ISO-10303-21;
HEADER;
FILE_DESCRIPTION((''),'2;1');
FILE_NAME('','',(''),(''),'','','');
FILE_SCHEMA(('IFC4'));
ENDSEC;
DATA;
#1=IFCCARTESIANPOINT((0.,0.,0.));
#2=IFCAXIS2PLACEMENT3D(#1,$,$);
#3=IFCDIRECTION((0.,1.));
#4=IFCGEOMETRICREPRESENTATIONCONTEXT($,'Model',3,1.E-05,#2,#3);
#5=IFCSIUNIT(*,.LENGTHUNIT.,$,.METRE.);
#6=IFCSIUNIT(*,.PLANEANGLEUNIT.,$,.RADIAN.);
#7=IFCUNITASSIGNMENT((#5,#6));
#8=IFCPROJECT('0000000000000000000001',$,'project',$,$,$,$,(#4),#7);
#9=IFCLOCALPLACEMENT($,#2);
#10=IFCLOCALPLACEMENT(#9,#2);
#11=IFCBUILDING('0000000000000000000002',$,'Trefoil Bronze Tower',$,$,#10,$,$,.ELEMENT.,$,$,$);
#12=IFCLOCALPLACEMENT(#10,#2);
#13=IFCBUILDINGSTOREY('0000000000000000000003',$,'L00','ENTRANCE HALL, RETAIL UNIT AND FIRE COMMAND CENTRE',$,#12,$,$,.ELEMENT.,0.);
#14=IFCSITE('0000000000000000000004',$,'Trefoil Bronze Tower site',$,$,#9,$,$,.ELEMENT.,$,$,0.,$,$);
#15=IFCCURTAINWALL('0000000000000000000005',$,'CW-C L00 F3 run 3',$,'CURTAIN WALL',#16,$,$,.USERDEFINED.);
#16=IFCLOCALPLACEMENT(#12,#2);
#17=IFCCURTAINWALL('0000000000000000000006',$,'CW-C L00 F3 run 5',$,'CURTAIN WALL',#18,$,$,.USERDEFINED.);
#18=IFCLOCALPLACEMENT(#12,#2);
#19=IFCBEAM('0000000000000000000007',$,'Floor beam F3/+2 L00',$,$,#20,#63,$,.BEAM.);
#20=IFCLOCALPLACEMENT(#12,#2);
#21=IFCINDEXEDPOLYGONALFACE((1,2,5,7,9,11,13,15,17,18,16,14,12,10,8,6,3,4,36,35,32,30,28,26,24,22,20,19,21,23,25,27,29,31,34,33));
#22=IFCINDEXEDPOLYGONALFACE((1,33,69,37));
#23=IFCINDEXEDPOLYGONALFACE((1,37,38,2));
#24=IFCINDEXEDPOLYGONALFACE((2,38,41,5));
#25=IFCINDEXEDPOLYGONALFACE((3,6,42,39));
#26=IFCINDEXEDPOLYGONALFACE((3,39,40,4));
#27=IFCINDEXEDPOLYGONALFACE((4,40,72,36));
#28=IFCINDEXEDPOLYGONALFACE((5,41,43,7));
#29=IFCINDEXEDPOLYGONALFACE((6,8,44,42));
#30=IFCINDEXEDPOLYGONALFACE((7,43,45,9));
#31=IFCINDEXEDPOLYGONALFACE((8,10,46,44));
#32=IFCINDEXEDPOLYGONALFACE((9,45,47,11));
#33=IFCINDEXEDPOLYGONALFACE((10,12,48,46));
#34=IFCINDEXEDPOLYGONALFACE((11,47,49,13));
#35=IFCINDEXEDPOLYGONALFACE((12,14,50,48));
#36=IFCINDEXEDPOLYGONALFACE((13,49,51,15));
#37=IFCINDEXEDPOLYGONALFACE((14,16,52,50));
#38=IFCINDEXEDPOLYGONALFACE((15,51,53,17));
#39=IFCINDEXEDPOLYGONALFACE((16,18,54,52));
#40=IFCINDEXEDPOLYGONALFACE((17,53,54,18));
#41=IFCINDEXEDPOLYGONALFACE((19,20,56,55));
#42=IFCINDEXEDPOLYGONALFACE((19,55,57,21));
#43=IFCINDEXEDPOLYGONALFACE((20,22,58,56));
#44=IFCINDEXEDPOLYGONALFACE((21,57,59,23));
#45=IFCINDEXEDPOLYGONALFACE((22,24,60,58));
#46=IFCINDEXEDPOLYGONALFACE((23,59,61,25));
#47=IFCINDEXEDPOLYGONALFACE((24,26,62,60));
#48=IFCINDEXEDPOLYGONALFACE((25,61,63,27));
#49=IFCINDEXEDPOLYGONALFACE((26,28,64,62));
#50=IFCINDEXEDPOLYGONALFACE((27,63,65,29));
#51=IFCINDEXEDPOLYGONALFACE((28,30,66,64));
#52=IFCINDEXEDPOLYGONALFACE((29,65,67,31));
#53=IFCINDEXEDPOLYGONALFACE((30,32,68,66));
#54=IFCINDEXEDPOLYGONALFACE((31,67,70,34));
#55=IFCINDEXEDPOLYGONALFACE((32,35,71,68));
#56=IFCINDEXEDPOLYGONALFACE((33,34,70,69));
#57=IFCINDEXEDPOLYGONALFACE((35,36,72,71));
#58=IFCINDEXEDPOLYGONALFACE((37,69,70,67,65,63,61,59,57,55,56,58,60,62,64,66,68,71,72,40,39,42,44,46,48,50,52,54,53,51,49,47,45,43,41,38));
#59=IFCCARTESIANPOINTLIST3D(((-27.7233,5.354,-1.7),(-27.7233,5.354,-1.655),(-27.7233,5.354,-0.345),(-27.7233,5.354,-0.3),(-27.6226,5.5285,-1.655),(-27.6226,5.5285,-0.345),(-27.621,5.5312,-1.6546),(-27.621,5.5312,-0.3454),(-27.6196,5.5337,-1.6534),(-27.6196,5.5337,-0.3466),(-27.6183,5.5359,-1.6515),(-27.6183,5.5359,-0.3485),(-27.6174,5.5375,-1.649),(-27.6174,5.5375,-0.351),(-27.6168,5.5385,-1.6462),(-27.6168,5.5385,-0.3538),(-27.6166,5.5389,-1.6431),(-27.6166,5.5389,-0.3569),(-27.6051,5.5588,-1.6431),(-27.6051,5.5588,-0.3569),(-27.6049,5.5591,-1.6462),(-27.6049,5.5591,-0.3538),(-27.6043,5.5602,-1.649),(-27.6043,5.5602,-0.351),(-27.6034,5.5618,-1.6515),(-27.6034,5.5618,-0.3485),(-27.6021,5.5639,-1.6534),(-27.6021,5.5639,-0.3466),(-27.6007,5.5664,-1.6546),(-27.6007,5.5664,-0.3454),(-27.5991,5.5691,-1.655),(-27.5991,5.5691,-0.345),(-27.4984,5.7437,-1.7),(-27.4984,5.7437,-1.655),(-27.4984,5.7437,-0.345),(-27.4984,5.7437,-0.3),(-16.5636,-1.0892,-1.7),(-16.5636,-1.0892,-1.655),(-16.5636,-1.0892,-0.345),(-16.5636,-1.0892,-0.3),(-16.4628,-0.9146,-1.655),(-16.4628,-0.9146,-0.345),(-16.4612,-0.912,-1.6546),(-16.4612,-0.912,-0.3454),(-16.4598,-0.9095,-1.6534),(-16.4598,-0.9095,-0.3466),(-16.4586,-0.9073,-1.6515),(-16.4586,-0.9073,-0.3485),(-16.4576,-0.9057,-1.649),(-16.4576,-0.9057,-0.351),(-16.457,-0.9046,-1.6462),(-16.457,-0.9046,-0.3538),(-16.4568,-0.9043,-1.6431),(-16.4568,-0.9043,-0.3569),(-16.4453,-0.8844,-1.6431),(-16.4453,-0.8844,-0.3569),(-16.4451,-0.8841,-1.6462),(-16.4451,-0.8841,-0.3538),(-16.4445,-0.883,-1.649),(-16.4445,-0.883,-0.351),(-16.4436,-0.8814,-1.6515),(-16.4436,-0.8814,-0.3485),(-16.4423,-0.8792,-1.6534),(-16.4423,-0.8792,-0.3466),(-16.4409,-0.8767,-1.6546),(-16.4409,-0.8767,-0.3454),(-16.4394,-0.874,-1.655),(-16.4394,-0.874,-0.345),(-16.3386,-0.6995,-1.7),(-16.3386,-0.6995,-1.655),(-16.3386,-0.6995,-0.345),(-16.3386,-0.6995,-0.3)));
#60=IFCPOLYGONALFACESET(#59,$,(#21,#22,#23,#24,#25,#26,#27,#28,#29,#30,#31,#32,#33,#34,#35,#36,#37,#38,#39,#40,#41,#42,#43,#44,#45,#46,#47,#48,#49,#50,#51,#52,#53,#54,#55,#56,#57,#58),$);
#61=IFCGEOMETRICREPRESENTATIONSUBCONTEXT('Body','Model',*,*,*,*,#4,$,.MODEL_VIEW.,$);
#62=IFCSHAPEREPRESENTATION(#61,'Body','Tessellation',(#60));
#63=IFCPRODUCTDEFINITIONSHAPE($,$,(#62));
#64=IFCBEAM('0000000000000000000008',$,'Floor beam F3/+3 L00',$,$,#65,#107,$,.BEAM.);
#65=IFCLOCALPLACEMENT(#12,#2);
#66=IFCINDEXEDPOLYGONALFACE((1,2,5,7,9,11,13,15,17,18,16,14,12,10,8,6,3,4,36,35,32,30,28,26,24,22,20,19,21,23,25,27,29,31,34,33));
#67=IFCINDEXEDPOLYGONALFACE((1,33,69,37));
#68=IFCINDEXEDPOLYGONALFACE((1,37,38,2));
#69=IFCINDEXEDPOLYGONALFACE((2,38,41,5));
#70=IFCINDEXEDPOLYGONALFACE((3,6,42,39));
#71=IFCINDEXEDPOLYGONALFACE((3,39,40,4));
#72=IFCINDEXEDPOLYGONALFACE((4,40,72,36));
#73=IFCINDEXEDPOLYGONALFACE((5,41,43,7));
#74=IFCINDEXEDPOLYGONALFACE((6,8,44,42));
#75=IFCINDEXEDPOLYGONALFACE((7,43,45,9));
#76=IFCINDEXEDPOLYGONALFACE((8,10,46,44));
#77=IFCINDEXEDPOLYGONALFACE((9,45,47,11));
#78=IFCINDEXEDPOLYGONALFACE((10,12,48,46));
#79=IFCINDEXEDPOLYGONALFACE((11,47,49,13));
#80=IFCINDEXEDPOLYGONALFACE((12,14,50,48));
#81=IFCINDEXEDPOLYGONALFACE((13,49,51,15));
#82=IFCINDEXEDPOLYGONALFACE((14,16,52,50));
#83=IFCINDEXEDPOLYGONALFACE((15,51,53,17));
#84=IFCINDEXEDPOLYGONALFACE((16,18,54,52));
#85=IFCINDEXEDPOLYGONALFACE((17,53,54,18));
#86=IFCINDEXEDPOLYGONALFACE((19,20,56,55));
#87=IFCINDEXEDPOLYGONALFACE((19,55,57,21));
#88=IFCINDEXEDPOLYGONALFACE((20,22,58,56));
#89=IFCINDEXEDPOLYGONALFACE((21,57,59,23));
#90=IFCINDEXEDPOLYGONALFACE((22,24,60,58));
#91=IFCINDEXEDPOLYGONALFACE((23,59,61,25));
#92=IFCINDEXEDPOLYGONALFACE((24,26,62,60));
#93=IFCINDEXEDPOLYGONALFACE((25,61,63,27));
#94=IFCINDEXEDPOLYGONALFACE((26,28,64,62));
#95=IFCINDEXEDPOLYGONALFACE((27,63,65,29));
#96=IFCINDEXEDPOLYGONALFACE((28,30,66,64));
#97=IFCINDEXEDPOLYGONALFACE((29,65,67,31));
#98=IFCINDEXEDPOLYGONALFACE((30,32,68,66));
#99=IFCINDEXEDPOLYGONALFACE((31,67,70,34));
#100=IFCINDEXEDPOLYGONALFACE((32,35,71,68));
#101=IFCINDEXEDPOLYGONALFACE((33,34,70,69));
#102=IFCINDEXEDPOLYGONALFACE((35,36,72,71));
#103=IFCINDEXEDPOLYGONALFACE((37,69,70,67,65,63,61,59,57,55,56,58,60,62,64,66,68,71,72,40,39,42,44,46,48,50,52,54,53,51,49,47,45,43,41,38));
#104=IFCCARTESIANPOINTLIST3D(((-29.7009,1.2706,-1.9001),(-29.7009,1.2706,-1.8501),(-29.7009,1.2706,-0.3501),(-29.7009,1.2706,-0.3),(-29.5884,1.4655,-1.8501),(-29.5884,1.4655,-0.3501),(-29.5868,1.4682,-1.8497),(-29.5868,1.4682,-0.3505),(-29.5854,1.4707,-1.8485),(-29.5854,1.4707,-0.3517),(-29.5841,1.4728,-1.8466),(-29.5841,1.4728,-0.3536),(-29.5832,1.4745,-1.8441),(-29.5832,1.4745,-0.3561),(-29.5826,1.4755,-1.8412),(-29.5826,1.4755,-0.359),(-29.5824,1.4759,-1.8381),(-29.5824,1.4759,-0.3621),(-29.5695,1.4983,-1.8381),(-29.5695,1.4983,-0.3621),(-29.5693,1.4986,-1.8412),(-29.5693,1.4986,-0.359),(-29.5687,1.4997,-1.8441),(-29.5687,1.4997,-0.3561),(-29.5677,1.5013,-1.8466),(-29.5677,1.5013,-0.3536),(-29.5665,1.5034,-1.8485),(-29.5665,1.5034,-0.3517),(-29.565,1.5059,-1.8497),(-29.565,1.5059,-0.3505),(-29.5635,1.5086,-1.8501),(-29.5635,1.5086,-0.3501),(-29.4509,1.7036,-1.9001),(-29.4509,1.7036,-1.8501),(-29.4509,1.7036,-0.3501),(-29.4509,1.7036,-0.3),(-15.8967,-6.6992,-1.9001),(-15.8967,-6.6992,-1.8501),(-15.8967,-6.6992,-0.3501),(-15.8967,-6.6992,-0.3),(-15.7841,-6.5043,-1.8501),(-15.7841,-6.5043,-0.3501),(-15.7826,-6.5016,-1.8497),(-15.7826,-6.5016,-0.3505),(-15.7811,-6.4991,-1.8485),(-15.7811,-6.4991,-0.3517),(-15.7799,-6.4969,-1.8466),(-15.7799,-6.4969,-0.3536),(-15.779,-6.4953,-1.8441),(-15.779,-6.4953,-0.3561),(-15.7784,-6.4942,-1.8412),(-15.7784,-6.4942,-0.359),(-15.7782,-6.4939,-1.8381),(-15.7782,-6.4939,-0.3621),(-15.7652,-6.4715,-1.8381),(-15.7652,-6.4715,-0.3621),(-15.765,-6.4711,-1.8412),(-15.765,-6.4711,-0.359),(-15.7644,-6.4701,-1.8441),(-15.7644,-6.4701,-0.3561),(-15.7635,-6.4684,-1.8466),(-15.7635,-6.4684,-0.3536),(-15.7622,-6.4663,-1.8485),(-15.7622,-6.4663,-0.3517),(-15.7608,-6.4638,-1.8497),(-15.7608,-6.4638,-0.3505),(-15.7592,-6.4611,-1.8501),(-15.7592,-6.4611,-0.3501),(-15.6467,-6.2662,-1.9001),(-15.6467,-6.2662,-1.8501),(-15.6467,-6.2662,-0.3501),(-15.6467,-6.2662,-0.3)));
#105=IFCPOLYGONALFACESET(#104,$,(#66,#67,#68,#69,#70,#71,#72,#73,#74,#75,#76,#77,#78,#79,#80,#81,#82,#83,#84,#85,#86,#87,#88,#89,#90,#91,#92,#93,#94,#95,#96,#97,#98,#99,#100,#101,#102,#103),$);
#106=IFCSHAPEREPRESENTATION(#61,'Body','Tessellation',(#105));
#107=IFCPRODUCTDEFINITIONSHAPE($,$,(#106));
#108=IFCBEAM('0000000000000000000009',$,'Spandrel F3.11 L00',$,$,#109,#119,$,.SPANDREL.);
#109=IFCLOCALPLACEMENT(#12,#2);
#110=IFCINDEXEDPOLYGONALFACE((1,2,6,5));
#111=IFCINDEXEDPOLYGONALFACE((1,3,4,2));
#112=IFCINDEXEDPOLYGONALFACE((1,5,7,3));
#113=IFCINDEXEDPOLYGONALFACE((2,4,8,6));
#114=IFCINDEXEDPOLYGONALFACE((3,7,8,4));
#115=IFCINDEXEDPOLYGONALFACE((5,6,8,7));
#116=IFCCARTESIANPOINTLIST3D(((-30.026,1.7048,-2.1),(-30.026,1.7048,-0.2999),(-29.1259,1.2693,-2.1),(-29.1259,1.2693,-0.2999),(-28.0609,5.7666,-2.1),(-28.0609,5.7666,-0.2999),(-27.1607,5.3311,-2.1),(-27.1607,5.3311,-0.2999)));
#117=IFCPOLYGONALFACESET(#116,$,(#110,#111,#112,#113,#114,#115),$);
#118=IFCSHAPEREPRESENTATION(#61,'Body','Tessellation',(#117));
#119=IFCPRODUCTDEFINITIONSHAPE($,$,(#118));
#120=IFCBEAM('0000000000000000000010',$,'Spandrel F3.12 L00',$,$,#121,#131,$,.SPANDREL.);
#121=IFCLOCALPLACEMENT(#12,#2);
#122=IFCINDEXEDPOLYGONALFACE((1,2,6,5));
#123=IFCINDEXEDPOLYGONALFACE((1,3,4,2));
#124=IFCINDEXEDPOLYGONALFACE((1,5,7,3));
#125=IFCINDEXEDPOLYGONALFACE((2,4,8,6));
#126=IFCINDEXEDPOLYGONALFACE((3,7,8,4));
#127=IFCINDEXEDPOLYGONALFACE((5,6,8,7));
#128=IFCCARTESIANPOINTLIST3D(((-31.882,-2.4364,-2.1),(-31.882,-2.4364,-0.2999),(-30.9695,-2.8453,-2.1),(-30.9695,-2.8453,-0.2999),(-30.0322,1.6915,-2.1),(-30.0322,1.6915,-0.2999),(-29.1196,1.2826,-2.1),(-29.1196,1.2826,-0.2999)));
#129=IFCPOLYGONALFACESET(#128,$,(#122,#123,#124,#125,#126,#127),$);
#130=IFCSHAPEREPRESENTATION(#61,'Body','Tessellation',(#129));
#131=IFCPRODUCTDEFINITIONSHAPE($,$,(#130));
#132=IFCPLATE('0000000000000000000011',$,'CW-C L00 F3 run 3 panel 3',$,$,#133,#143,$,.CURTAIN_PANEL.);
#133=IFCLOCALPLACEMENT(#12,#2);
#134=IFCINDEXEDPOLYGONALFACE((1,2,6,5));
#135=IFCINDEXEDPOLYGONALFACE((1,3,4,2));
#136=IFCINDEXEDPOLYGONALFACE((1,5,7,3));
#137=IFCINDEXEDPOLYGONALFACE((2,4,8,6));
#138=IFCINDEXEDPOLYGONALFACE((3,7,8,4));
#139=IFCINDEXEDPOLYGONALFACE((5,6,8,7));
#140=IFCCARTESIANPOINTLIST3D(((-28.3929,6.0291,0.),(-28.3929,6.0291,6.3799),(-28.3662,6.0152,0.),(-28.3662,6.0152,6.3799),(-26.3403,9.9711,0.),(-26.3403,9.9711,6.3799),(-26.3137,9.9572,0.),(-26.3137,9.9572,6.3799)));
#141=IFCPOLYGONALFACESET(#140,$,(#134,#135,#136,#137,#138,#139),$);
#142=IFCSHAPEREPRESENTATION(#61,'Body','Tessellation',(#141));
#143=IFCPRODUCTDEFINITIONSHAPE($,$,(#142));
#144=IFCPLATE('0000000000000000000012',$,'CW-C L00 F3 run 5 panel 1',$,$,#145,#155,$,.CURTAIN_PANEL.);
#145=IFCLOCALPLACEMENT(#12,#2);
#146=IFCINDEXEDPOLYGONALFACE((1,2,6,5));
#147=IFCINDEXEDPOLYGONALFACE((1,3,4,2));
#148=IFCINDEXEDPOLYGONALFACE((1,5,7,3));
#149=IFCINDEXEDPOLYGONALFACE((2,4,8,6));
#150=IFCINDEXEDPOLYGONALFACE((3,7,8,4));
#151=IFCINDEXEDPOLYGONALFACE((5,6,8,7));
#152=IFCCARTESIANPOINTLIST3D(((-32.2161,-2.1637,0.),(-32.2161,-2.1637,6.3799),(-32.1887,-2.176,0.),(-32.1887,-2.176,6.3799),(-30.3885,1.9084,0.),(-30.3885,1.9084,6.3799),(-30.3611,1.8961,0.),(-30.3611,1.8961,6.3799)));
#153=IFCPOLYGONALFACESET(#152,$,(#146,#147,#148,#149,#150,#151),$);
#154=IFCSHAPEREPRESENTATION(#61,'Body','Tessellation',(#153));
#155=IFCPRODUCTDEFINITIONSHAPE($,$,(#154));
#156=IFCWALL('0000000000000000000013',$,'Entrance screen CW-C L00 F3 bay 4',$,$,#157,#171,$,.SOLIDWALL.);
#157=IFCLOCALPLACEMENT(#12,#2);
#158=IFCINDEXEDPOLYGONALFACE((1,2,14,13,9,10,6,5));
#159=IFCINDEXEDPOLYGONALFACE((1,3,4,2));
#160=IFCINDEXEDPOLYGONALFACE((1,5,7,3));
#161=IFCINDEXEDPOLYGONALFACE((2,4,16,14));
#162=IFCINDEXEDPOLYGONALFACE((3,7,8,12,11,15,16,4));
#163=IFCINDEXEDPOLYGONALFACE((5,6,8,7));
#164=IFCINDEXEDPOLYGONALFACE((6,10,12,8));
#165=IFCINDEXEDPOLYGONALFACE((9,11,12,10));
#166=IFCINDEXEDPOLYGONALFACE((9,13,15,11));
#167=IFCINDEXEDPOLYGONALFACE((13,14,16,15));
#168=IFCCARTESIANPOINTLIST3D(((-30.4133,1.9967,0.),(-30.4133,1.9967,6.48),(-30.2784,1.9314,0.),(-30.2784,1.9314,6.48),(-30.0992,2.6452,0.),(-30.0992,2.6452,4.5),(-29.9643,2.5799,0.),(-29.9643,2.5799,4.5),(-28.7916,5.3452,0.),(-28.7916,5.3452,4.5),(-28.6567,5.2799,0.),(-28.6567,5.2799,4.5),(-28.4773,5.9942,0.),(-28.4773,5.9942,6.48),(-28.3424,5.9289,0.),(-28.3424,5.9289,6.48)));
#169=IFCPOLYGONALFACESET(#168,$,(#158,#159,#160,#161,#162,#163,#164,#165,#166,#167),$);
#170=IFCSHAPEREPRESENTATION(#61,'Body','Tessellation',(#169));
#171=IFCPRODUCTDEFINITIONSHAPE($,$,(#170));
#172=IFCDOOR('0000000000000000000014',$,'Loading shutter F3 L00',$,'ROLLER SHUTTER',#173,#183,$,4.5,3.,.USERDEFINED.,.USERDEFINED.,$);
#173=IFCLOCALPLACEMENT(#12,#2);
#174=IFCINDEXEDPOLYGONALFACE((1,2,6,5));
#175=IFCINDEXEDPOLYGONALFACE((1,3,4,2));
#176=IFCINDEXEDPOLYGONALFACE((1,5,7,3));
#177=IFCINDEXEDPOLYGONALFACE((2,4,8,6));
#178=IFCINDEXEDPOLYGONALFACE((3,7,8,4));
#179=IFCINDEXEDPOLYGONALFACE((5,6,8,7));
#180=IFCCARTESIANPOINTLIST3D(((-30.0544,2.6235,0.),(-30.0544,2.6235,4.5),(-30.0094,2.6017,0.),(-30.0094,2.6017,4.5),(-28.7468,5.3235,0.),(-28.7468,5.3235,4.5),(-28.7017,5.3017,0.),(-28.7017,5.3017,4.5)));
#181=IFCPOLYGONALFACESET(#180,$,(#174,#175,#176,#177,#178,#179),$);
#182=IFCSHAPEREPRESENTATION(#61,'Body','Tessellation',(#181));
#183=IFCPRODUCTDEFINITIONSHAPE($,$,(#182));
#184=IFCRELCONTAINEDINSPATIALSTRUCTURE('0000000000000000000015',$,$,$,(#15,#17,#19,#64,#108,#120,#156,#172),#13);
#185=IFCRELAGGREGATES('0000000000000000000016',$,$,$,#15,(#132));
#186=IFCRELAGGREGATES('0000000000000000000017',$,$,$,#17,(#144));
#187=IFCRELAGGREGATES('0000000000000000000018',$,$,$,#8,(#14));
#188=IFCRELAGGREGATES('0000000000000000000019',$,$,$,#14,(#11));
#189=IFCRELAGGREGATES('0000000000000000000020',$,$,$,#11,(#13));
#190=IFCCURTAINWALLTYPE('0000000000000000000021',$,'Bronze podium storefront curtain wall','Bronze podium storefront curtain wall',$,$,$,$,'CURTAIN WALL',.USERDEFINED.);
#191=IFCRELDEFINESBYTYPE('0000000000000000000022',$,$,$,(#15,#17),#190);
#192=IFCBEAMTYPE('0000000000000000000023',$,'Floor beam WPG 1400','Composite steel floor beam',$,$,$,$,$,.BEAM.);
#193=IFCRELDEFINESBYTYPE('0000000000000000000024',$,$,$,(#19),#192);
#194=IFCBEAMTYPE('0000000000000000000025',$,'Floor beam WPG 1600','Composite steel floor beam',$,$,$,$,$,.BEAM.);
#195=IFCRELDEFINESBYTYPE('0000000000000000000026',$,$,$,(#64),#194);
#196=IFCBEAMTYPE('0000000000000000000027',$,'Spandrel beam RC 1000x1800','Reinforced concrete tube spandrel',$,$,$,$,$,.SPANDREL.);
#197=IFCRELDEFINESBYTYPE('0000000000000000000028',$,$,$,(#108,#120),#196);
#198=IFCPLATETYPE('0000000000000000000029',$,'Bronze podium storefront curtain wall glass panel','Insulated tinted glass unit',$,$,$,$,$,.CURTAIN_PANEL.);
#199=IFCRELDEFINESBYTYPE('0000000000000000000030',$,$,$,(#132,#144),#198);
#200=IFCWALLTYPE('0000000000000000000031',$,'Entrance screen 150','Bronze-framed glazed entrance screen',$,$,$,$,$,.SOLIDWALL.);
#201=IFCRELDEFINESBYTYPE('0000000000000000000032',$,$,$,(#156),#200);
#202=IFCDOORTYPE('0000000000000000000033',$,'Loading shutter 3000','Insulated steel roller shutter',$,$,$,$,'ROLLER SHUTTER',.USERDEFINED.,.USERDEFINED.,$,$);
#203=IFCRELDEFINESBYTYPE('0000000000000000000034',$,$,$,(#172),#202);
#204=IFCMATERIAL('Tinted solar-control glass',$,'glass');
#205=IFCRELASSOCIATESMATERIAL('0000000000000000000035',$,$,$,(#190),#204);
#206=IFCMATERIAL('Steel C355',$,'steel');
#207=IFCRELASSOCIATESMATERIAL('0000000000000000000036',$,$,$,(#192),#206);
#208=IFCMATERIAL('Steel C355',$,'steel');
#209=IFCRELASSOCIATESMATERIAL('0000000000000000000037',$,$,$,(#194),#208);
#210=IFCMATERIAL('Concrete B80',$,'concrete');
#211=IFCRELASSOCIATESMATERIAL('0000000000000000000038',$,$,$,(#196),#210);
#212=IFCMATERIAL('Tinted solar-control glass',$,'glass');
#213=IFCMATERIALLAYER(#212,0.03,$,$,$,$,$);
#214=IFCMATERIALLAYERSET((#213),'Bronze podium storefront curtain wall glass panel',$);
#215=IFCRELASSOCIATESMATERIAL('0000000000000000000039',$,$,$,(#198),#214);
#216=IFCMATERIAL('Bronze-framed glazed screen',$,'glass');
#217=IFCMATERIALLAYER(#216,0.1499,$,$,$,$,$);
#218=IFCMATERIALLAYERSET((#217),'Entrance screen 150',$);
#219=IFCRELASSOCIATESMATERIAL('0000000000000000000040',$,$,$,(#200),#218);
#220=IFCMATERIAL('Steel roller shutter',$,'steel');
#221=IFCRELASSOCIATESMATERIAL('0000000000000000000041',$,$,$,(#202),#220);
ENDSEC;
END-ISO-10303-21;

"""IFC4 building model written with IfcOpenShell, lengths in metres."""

from ifc_helpers import new_model, si_unit, direction, frame, frame_2d, origin, origin_2d, place, context, subcontext, project, spatial, rectangle, i_section, extrude, material, layer, layer_set, material_profile, profile_set, type_object, element, fill, aggregate, save


model = new_model("IFC4")

# Units and contexts
model_context = context("Model", 3, precision=1e-05, world=origin(), true_north=direction((0.0, 1.0)))
body_context = subcontext(model_context, "Body", "Model", "MODEL_VIEW")
ifc_project = project(units=[si_unit("LENGTHUNIT", "METRE"), si_unit("PLANEANGLEUNIT", "RADIAN")], contexts=[model_context])

# Site, building, storey
site_placement = place(None, origin())
site = spatial("IfcSite", under=ifc_project, at=site_placement, Name="Trefoil Bronze Tower site", CompositionType="ELEMENT", RefElevation=0.0)
building_placement = place(site_placement, origin())
building = spatial("IfcBuilding", under=site, at=building_placement, Name="Trefoil Bronze Tower", CompositionType="ELEMENT")
storey_placement = place(building_placement, origin())
storey = spatial("IfcBuildingStorey", under=building, at=storey_placement, Name="L00", Description="ENTRANCE HALL, RETAIL UNIT AND FIRE COMMAND CENTRE", CompositionType="ELEMENT", Elevation=0.0)

# Curtain wall
ifc_material_1 = material(Name="Tinted solar-control glass", Category="glass")
curtain_wall_type = type_object("IfcCurtainWallType", Name="Bronze podium storefront curtain wall", Description="Bronze podium storefront curtain wall", ElementType="CURTAIN WALL", PredefinedType="USERDEFINED", material=ifc_material_1)
curtain_wall_1_placement = place(storey_placement, origin())
curtain_wall_1 = element("IfcCurtainWall", 1, at=curtain_wall_1_placement, inside=storey, type_object=curtain_wall_type, Name="CW-C L00 F3 run 3", ObjectType="CURTAIN WALL", PredefinedType="USERDEFINED")

# Curtain wall
curtain_wall_2_placement = place(storey_placement, origin())
curtain_wall_2 = element("IfcCurtainWall", 2, at=curtain_wall_2_placement, inside=storey, type_object=curtain_wall_type, Name="CW-C L00 F3 run 5", ObjectType="CURTAIN WALL", PredefinedType="USERDEFINED")

# Beams
ifc_material_2 = material(Name="Steel C355", Category="steel")
ifc_material_profile_1 = material_profile(ifc_material_2, i_section(OverallWidth=0.45, OverallDepth=1.3999, WebThickness=0.0229, FlangeThickness=0.0449, FilletRadius=0.012, at=origin_2d()), Name="WPG 1400")
ifc_profile_set_1 = profile_set([ifc_material_profile_1], Name="Steel C355")
beam_type_1 = type_object("IfcBeamType", Name="Floor beam WPG 1400", Description="Composite steel floor beam", PredefinedType="BEAM", material=ifc_profile_set_1)
beam_1_placement = place(storey_placement, frame((-27.6108, 5.5488, -1.0), z_axis=(0.866023, -0.500005, 0.0), x_axis=(0.500005, 0.866023, 0.0)))
element("IfcBeam", 3, at=beam_1_placement, inside=storey, type_object=beam_type_1, Name="Floor beam F3/+2 L00", PredefinedType="BEAM", context=body_context, shape_type="SweptSolid", body=[
    extrude(i_section(OverallWidth=0.45, OverallDepth=1.3999, WebThickness=0.0229, FlangeThickness=0.0449, FilletRadius=0.012, at=origin_2d()), origin(), (0.0, 0.0, 1.0), 12.8862),
])
ifc_material_3 = material(Name="Steel C355", Category="steel")
ifc_material_profile_2 = material_profile(ifc_material_3, i_section(OverallWidth=0.5, OverallDepth=1.6001, WebThickness=0.0259, FlangeThickness=0.05, FilletRadius=0.012, at=origin_2d()), Name="WPG 1600")
ifc_profile_set_2 = profile_set([ifc_material_profile_2], Name="Steel C355")
beam_type_2 = type_object("IfcBeamType", Name="Floor beam WPG 1600", Description="Composite steel floor beam", PredefinedType="BEAM", material=ifc_profile_set_2)
beam_2_placement = place(storey_placement, frame((-29.5759, 1.4871, -1.1001), z_axis=(0.866029, -0.499994, 0.0), x_axis=(0.499994, 0.866029, 0.0)))
element("IfcBeam", 4, at=beam_2_placement, inside=storey, type_object=beam_type_2, Name="Floor beam F3/+3 L00", PredefinedType="BEAM", context=body_context, shape_type="SweptSolid", body=[
    extrude(i_section(OverallWidth=0.5, OverallDepth=1.6001, WebThickness=0.0259, FlangeThickness=0.05, FilletRadius=0.012, at=origin_2d()), origin(), (0.0, 0.0, 1.0), 15.9397),
])
ifc_material_4 = material(Name="Concrete B80", Category="concrete")
ifc_material_profile_3 = material_profile(ifc_material_4, rectangle(XDim=1.0, YDim=1.8, at=origin_2d()), Name="RC 1000x1800")
ifc_profile_set_3 = profile_set([ifc_material_profile_3], Name="Concrete B80")
beam_type_3 = type_object("IfcBeamType", Name="Spandrel beam RC 1000x1800", Description="Reinforced concrete tube spandrel", PredefinedType="SPANDREL", material=ifc_profile_set_3)
beam_3_placement = place(storey_placement, frame((-27.6108, 5.5488, -1.2), z_axis=(-0.43551, -0.900184, 0.0), x_axis=(0.900184, -0.43551, 0.0)))
element("IfcBeam", 5, at=beam_3_placement, inside=storey, type_object=beam_type_3, Name="Spandrel F3.11 L00", PredefinedType="SPANDREL", context=body_context, shape_type="SweptSolid", body=[
    extrude(rectangle(XDim=1.0, YDim=1.8, at=origin_2d()), origin(), (0.0, 0.0, 1.0), 4.5122),
])
beam_4_placement = place(storey_placement, frame((-29.5759, 1.4871, -1.2), z_axis=(-0.408946, -0.912559, 0.0), x_axis=(0.912559, -0.408946, 0.0)))
element("IfcBeam", 6, at=beam_4_placement, inside=storey, type_object=beam_type_3, Name="Spandrel F3.12 L00", PredefinedType="SPANDREL", context=body_context, shape_type="SweptSolid", body=[
    extrude(rectangle(XDim=1.0, YDim=1.8, at=origin_2d()), origin(), (0.0, 0.0, 1.0), 4.5234),
])

# Plates
ifc_material_5 = material(Name="Tinted solar-control glass", Category="glass")
ifc_layer_1 = layer(ifc_material_5, 0.03)
ifc_layer_set_1 = layer_set([ifc_layer_1], Name="Bronze podium storefront curtain wall glass panel")
plate_type = type_object("IfcPlateType", Name="Bronze podium storefront curtain wall glass panel", Description="Insulated tinted glass unit", PredefinedType="CURTAIN_PANEL", material=ifc_layer_set_1)
plate_1_placement = place(storey_placement, frame((-27.3533, 7.9932, 0.0), z_axis=(0.0, 0.0, 1.0), x_axis=(-0.46183, -0.886969, 0.0)))
plate_1 = element("IfcPlate", 7, at=plate_1_placement, type_object=plate_type, Name="CW-C L00 F3 run 3 panel 3", PredefinedType="CURTAIN_PANEL", context=body_context, shape_type="SweptSolid", body=[
    extrude(rectangle(XDim=4.4443, YDim=0.03, at=origin_2d()), origin(), (0.0, 0.0, 1.0), 6.3799),
])
aggregate(curtain_wall_1, [plate_1])
plate_2_placement = place(storey_placement, frame((-31.2886, -0.1338, 0.0), z_axis=(0.0, 0.0, 1.0), x_axis=(-0.409456, -0.91233, 0.0)))
plate_2 = element("IfcPlate", 8, at=plate_2_placement, type_object=plate_type, Name="CW-C L00 F3 run 5 panel 1", PredefinedType="CURTAIN_PANEL", context=body_context, shape_type="SweptSolid", body=[
    extrude(rectangle(XDim=4.4634, YDim=0.03, at=origin_2d()), origin(), (0.0, 0.0, 1.0), 6.3799),
])
aggregate(curtain_wall_2, [plate_2])

# Wall, opening, door
ifc_material_6 = material(Name="Bronze-framed glazed screen", Category="glass")
ifc_layer_2 = layer(ifc_material_6, 0.1499)
ifc_layer_set_2 = layer_set([ifc_layer_2], Name="Entrance screen 150")
wall_type = type_object("IfcWallType", Name="Entrance screen 150", Description="Bronze-framed glazed entrance screen", PredefinedType="SOLIDWALL", material=ifc_layer_set_2)
wall_placement = place(storey_placement, frame((-28.4099, 5.9614, 0.0), z_axis=(0.0, 0.0, 1.0), x_axis=(-0.435877, -0.900006, 0.0)))
wall = element("IfcWall", 9, at=wall_placement, inside=storey, type_object=wall_type, Name="Entrance screen CW-C L00 F3 bay 4", PredefinedType="SOLIDWALL", context=body_context, shape_type="SweptSolid", body=[
    extrude(rectangle(XDim=4.4417, YDim=0.1499, at=frame_2d((2.2207, 0.0))), origin(), (0.0, 0.0, 1.0), 6.48),
])
opening_placement = place(wall_placement, frame((0.7209, 0.0, 0.0)))
opening = element("IfcOpeningElement", 10, at=opening_placement, cuts=wall, PredefinedType="OPENING", context=body_context, shape_type="SweptSolid", body=[
    extrude(rectangle(XDim=3.0, YDim=4.5, at=frame_2d((1.5, 2.25))), frame((0.0, 0.085, 0.0), z_axis=(0.0, -1.0, 0.0), x_axis=(1.0, 0.0, 0.0)), (0.0, 0.0, 1.0), 0.1699),
])
ifc_material_7 = material(Name="Steel roller shutter", Category="steel")
door_type = type_object("IfcDoorType", Name="Loading shutter 3000", Description="Insulated steel roller shutter", ElementType="ROLLER SHUTTER", OperationType="USERDEFINED", PredefinedType="USERDEFINED", material=ifc_material_7)
door_placement = place(opening_placement, origin())
door = element("IfcDoor", 11, at=door_placement, inside=storey, type_object=door_type, Name="Loading shutter F3 L00", ObjectType="ROLLER SHUTTER", OperationType="USERDEFINED", OverallHeight=4.5, OverallWidth=3.0, PredefinedType="USERDEFINED", context=body_context, shape_type="SweptSolid", body=[
    extrude(rectangle(XDim=3.0, YDim=4.5, at=frame_2d((1.5, 2.25))), frame((0.0, 0.0249, 0.0), z_axis=(0.0, -1.0, 0.0), x_axis=(1.0, 0.0, 0.0)), (0.0, 0.0, 1.0), 0.05),
])
fill(opening, door)

save(model, "model.ifc")
